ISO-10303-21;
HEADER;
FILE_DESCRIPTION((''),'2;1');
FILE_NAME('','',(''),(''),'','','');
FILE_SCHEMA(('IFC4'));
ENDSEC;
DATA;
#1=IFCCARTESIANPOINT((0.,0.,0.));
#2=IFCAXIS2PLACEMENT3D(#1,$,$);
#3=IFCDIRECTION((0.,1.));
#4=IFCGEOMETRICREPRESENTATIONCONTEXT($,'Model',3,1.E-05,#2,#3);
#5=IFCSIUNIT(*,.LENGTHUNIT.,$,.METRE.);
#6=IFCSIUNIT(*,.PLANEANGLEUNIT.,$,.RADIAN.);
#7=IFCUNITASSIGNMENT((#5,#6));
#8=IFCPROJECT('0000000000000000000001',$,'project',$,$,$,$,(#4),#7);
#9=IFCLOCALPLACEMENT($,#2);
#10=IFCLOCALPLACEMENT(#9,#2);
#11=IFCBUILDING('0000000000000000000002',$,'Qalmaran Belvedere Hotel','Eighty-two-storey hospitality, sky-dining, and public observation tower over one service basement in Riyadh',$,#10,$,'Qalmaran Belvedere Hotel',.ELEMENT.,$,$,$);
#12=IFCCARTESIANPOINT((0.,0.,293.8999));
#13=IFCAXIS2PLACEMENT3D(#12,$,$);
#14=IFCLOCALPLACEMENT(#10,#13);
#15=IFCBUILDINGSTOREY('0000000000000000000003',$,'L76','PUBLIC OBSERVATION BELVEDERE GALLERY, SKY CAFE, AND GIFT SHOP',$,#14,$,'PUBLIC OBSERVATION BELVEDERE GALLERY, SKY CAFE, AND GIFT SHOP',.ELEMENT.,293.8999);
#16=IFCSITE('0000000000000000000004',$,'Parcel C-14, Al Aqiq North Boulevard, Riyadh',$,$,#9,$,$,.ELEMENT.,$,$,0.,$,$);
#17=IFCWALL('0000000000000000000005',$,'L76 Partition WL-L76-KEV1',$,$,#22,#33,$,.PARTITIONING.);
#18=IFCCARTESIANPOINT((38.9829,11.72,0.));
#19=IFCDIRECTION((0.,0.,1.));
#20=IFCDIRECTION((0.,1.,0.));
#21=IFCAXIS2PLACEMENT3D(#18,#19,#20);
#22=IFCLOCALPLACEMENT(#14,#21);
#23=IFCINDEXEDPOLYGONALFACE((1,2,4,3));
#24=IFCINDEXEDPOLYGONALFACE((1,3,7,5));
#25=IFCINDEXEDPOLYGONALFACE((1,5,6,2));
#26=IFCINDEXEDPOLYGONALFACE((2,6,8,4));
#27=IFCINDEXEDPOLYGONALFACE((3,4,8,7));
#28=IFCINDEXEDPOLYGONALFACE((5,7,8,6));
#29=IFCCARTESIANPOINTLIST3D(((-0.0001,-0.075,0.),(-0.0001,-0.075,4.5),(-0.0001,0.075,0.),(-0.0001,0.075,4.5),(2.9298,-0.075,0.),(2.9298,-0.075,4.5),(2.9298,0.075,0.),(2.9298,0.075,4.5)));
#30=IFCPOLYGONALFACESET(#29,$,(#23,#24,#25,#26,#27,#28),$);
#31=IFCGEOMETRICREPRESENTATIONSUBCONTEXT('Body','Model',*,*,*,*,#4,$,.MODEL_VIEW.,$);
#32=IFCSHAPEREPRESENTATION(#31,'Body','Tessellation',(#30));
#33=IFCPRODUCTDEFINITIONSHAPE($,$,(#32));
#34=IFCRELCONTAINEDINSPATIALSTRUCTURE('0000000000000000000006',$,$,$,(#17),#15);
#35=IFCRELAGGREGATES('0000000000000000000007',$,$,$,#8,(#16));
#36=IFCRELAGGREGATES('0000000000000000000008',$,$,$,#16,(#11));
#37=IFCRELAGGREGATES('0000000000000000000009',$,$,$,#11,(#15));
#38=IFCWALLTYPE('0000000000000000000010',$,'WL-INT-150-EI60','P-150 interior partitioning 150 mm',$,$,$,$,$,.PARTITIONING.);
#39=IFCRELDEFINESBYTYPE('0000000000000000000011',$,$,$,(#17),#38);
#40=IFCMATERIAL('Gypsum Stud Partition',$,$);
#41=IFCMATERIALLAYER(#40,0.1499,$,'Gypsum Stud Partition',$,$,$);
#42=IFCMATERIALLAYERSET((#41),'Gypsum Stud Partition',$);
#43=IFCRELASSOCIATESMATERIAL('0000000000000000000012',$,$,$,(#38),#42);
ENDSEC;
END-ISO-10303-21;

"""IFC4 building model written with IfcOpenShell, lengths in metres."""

from ifc_helpers import new_model, si_unit, direction, frame, frame_2d, origin, place, context, subcontext, project, spatial, rectangle, extrude, material, layer, layer_set, type_object, element, save


model = new_model("IFC4")

# Units and contexts
model_context = context("Model", 3, precision=1e-05, world=origin(), true_north=direction((0.0, 1.0)))
body_context = subcontext(model_context, "Body", "Model", "MODEL_VIEW")
ifc_project = project(units=[si_unit("LENGTHUNIT", "METRE"), si_unit("PLANEANGLEUNIT", "RADIAN")], contexts=[model_context])

# Site, building, storey
site_placement = place(None, origin())
site = spatial("IfcSite", under=ifc_project, at=site_placement, Name="Parcel C-14, Al Aqiq North Boulevard, Riyadh", CompositionType="ELEMENT", RefElevation=0.0)
building_placement = place(site_placement, origin())
building = spatial("IfcBuilding", under=site, at=building_placement, Name="Qalmaran Belvedere Hotel", Description="Eighty-two-storey hospitality, sky-dining, and public observation tower over one service basement in Riyadh", LongName="Qalmaran Belvedere Hotel", CompositionType="ELEMENT")
storey_placement = place(building_placement, frame((0.0, 0.0, 293.8999)))
storey = spatial("IfcBuildingStorey", under=building, at=storey_placement, Name="L76", Description="PUBLIC OBSERVATION BELVEDERE GALLERY, SKY CAFE, AND GIFT SHOP", LongName="PUBLIC OBSERVATION BELVEDERE GALLERY, SKY CAFE, AND GIFT SHOP", CompositionType="ELEMENT", Elevation=293.8999)

# Wall
ifc_material_1 = material(Name="Gypsum Stud Partition")
ifc_layer_1 = layer(ifc_material_1, 0.1499, Name="Gypsum Stud Partition")
ifc_layer_set_1 = layer_set([ifc_layer_1], Name="Gypsum Stud Partition")
wall_type_1 = type_object("IfcWallType", Name="WL-INT-150-EI60", Description="P-150 interior partitioning 150 mm", PredefinedType="PARTITIONING", material=ifc_layer_set_1)
wall_1_placement = place(storey_placement, frame((38.9829, 11.72, 0.0), z_axis=(0.0, 0.0, 1.0), x_axis=(0.0, 1.0, 0.0)))
element("IfcWall", 1, at=wall_1_placement, inside=storey, type_object=wall_type_1, Name="L76 Partition WL-L76-KEV1", PredefinedType="PARTITIONING", context=body_context, shape_type="SweptSolid", body=[
    extrude(rectangle(XDim=2.9299, YDim=0.1499, at=frame_2d((1.4648, 0.0))), origin(), (0.0, 0.0, 1.0), 4.5),
])

save(model, "model.ifc")
